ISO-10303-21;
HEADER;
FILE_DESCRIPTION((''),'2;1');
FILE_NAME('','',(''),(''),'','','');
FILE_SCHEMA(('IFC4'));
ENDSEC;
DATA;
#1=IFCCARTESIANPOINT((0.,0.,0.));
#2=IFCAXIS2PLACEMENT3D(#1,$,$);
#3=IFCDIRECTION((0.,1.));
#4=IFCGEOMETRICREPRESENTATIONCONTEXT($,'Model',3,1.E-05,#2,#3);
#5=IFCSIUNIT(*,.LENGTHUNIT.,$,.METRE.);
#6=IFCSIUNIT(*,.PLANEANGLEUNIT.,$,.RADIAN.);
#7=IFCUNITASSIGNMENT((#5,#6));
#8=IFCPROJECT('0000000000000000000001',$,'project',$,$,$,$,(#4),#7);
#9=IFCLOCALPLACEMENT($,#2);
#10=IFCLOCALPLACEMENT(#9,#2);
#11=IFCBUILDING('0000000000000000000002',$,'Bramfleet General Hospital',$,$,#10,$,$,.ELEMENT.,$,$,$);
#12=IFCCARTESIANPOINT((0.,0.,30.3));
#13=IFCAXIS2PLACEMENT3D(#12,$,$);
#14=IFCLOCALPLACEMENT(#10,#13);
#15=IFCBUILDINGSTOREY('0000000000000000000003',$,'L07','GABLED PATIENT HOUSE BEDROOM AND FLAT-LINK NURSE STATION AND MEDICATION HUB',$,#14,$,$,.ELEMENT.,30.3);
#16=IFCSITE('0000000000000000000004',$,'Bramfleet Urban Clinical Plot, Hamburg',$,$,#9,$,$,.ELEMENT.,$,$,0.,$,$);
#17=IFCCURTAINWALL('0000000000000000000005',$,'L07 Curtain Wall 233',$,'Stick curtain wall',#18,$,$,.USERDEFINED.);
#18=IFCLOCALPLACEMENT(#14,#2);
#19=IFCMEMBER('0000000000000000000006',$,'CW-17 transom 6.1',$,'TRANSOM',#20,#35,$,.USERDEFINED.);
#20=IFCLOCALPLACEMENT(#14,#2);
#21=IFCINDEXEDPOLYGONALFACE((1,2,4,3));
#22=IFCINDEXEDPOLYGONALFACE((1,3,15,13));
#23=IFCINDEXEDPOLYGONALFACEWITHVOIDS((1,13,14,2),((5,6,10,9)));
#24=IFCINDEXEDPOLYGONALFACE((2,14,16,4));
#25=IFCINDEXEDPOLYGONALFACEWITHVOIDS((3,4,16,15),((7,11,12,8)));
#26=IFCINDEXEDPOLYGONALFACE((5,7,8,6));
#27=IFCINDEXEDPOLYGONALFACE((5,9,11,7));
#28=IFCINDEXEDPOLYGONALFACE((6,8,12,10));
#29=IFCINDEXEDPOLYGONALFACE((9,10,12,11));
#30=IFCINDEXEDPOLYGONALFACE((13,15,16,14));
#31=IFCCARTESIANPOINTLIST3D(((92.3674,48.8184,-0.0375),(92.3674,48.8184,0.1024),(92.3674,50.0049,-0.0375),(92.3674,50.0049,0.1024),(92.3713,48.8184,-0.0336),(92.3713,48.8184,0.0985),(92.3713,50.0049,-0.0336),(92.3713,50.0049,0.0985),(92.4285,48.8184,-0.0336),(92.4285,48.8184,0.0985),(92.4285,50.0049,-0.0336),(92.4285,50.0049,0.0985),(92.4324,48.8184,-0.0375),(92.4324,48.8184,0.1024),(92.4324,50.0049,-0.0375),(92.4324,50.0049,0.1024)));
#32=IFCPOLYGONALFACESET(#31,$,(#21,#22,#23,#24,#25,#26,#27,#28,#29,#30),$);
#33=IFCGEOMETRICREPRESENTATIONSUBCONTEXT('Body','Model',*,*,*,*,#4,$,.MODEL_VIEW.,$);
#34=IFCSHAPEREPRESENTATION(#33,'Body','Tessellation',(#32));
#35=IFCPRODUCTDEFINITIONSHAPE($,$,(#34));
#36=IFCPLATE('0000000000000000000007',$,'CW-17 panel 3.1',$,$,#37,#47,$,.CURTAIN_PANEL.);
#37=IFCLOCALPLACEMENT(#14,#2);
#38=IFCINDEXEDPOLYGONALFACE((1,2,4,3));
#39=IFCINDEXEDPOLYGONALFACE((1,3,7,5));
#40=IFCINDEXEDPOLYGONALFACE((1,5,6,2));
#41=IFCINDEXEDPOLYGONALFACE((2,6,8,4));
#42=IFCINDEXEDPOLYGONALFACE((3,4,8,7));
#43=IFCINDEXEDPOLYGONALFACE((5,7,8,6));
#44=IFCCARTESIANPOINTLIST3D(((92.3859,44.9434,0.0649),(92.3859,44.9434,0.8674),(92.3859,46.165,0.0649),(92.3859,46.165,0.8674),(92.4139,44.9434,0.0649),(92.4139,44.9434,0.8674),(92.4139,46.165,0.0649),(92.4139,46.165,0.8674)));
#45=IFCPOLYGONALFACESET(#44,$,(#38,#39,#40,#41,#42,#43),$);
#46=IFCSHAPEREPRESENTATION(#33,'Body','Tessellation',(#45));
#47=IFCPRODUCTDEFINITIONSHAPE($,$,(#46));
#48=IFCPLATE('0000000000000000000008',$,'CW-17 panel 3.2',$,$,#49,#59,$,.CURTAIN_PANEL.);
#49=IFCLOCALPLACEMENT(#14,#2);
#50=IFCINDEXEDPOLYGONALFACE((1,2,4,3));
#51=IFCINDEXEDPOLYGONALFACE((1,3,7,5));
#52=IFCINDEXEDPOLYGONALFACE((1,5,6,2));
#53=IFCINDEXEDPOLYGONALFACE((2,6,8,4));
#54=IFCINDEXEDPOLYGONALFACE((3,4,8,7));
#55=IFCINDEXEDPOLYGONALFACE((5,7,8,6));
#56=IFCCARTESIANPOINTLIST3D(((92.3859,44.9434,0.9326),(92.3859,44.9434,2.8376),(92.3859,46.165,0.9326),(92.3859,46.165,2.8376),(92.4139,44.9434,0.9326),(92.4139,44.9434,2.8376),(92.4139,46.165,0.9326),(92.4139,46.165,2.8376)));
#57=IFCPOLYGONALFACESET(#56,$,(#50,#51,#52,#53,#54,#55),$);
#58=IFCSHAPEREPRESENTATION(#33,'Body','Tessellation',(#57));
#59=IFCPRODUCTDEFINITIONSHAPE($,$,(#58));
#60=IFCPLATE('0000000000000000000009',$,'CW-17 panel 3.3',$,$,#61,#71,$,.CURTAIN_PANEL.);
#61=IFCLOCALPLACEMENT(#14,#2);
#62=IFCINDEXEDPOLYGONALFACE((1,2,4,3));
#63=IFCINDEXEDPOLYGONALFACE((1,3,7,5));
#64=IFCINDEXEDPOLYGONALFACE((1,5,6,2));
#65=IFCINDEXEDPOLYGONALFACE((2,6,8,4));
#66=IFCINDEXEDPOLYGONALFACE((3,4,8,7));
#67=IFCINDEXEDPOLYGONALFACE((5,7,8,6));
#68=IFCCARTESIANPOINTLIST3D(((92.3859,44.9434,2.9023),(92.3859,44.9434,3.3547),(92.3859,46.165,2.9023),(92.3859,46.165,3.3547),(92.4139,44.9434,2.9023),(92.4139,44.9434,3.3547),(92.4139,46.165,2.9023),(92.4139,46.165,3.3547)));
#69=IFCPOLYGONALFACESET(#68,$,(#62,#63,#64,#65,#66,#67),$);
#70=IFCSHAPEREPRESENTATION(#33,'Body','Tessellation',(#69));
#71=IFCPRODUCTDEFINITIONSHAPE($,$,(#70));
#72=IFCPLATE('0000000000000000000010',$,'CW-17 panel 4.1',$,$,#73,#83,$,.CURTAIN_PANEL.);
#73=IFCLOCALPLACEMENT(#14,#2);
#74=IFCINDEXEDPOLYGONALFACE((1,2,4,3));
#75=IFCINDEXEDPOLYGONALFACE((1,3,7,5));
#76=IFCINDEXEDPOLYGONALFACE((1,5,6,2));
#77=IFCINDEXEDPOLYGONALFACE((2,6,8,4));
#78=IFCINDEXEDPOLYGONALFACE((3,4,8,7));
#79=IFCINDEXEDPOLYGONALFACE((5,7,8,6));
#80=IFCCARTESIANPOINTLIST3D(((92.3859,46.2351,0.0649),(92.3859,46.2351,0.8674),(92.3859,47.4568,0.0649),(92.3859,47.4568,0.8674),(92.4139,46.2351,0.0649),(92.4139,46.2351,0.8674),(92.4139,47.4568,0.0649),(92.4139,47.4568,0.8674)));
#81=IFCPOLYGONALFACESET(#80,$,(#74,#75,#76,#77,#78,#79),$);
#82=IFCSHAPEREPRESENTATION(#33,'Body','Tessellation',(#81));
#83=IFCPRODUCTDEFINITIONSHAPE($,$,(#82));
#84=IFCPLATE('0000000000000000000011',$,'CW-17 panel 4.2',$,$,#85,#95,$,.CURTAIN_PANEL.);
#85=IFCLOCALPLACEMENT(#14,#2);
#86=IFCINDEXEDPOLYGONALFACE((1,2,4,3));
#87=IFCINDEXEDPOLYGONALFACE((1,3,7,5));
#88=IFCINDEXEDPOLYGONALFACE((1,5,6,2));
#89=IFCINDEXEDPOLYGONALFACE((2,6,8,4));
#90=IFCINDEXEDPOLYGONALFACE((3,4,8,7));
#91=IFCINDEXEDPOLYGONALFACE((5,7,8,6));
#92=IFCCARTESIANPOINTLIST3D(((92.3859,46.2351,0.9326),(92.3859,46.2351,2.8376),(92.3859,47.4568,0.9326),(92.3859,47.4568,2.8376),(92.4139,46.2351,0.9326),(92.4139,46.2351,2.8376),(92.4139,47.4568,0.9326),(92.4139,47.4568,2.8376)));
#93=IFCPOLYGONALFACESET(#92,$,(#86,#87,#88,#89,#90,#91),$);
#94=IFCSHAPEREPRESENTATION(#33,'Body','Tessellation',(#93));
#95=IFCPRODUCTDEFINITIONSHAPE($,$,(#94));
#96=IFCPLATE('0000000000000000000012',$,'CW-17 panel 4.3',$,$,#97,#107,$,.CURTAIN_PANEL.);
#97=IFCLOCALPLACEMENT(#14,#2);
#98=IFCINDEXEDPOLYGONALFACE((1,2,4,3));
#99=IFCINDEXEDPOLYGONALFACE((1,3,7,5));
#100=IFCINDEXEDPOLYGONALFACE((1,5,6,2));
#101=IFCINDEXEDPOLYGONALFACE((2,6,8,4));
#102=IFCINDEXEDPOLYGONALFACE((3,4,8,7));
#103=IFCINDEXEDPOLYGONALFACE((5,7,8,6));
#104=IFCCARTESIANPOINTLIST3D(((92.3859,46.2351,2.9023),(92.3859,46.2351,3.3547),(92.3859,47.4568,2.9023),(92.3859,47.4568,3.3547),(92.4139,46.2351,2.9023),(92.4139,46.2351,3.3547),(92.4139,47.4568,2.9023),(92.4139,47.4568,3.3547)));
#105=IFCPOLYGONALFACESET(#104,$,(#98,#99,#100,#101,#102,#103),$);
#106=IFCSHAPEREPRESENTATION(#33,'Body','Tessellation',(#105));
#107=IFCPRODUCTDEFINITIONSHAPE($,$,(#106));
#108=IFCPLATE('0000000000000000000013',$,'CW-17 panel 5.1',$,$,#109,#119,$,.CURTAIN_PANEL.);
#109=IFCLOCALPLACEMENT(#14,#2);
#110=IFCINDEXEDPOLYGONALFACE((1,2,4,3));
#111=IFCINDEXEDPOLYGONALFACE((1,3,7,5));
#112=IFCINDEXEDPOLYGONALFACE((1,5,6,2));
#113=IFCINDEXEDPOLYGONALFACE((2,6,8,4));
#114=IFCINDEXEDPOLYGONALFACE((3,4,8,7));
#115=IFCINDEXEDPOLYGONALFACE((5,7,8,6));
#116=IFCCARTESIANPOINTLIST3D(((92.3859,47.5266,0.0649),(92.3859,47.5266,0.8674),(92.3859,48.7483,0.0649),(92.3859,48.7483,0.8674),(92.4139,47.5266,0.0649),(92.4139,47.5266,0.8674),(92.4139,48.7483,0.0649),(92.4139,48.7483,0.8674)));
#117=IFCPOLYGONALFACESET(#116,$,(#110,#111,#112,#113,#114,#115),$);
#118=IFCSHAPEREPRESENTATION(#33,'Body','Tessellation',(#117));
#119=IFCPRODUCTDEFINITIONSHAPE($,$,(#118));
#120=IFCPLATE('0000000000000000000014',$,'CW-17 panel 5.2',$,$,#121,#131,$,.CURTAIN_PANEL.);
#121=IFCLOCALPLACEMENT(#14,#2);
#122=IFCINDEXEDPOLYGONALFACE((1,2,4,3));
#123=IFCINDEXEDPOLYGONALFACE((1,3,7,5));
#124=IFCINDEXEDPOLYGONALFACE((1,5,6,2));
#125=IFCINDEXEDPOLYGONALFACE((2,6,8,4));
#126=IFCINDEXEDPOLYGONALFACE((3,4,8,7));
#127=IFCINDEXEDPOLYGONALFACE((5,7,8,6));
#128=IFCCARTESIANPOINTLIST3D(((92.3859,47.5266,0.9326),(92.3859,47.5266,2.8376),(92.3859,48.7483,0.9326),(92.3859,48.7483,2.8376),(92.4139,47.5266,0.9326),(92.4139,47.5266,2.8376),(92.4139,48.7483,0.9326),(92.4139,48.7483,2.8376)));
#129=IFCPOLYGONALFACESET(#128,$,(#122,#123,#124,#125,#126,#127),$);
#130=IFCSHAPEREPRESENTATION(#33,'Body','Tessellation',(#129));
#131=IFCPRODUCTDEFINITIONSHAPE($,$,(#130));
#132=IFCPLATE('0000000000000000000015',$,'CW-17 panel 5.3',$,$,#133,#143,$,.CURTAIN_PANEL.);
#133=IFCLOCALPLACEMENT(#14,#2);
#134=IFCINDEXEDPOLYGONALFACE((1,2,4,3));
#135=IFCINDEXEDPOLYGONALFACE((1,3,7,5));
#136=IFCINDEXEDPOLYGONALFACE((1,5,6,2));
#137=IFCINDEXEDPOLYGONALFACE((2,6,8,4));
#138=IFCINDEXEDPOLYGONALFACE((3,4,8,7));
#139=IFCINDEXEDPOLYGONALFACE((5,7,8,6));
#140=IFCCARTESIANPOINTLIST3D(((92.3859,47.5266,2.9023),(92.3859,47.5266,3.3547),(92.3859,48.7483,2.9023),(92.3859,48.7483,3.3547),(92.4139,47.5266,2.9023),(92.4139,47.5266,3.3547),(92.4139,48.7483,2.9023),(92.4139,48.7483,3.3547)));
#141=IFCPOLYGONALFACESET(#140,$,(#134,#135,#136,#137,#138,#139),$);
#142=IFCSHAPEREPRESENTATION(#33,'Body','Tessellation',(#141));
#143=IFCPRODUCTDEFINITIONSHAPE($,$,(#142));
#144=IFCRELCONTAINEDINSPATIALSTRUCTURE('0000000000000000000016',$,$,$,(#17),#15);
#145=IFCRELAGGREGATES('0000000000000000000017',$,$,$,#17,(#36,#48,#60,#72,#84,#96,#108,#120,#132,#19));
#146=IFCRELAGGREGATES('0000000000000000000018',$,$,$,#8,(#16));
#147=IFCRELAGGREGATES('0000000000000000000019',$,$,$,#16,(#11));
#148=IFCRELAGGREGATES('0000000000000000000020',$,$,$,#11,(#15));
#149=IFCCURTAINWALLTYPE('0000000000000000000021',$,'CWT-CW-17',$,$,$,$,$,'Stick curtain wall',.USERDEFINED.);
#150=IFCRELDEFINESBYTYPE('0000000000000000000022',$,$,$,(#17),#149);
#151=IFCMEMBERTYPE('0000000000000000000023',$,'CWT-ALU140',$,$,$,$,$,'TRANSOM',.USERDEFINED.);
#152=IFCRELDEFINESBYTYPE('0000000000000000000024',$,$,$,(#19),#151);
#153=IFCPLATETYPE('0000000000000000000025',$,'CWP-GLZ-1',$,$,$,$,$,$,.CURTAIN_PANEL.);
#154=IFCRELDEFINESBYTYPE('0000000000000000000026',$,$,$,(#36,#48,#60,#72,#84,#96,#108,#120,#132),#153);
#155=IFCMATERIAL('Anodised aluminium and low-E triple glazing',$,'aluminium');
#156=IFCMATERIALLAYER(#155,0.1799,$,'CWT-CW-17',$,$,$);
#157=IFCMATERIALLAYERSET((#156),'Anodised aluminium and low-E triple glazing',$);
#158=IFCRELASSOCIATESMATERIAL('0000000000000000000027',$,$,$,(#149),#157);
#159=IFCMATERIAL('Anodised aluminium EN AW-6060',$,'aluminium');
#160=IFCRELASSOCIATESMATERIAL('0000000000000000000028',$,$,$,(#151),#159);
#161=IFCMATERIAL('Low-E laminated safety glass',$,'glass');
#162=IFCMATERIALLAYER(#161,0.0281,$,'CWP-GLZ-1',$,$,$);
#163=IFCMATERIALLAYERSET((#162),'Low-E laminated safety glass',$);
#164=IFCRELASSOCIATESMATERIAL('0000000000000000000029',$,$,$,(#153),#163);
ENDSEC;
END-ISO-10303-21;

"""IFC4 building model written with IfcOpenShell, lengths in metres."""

from ifc_helpers import new_model, si_unit, direction, frame, origin, origin_2d, place, context, subcontext, project, spatial, rectangle, hollow_rectangle, extrude, material, layer, layer_set, material_profile, profile_set, type_object, element, aggregate, save


model = new_model("IFC4")

# Units and contexts
model_context = context("Model", 3, precision=1e-05, world=origin(), true_north=direction((0.0, 1.0)))
body_context = subcontext(model_context, "Body", "Model", "MODEL_VIEW")
ifc_project = project(units=[si_unit("LENGTHUNIT", "METRE"), si_unit("PLANEANGLEUNIT", "RADIAN")], contexts=[model_context])

# Site, building, storey
site_placement = place(None, origin())
site = spatial("IfcSite", under=ifc_project, at=site_placement, Name="Bramfleet Urban Clinical Plot, Hamburg", CompositionType="ELEMENT", RefElevation=0.0)
building_placement = place(site_placement, origin())
building = spatial("IfcBuilding", under=site, at=building_placement, Name="Bramfleet General Hospital", CompositionType="ELEMENT")
storey_placement = place(building_placement, frame((0.0, 0.0, 30.3)))
storey = spatial("IfcBuildingStorey", under=building, at=storey_placement, Name="L07", Description="GABLED PATIENT HOUSE BEDROOM AND FLAT-LINK NURSE STATION AND MEDICATION HUB", CompositionType="ELEMENT", Elevation=30.3)

# Curtain wall, member, plates
ifc_material_1 = material(Name="Anodised aluminium and low-E triple glazing", Category="aluminium")
ifc_layer_1 = layer(ifc_material_1, 0.1799, Name="CWT-CW-17")
ifc_layer_set_1 = layer_set([ifc_layer_1], Name="Anodised aluminium and low-E triple glazing")
curtain_wall_type = type_object("IfcCurtainWallType", Name="CWT-CW-17", ElementType="Stick curtain wall", PredefinedType="USERDEFINED", material=ifc_layer_set_1)
curtain_wall_placement = place(storey_placement, origin())
curtain_wall = element("IfcCurtainWall", 1, at=curtain_wall_placement, inside=storey, type_object=curtain_wall_type, Name="L07 Curtain Wall 233", ObjectType="Stick curtain wall", PredefinedType="USERDEFINED")
ifc_material_2 = material(Name="Anodised aluminium EN AW-6060", Category="aluminium")
ifc_material_profile_1 = material_profile(ifc_material_2, hollow_rectangle(XDim=0.0649, YDim=0.1399, WallThickness=0.0039, at=origin_2d()), Name="ALU 140x65x4.0")
ifc_profile_set_1 = profile_set([ifc_material_profile_1], Name="Anodised aluminium EN AW-6060")
member_type_1 = type_object("IfcMemberType", Name="CWT-ALU140", ElementType="TRANSOM", PredefinedType="USERDEFINED", material=ifc_profile_set_1)
member_1_placement = place(storey_placement, frame((92.3999, 48.8184, 0.0325), z_axis=(0.0, 1.0, 0.0), x_axis=(-1.0, 0.0, 0.0)))
member_1 = element("IfcMember", 2, at=member_1_placement, type_object=member_type_1, Name="CW-17 transom 6.1", ObjectType="TRANSOM", PredefinedType="USERDEFINED", context=body_context, shape_type="SweptSolid", body=[
    extrude(hollow_rectangle(XDim=0.0649, YDim=0.1399, WallThickness=0.0039, at=origin_2d()), origin(), (0.0, 0.0, 1.0), 1.1865),
])
ifc_material_3 = material(Name="Low-E laminated safety glass", Category="glass")
ifc_layer_2 = layer(ifc_material_3, 0.0281, Name="CWP-GLZ-1")
ifc_layer_set_2 = layer_set([ifc_layer_2], Name="Low-E laminated safety glass")
plate_type = type_object("IfcPlateType", Name="CWP-GLZ-1", PredefinedType="CURTAIN_PANEL", material=ifc_layer_set_2)
plate_1_placement = place(storey_placement, frame((92.3999, 45.5542, 0.0649), z_axis=(0.0, 0.0, 1.0), x_axis=(0.0, 1.0, 0.0)))
plate_1 = element("IfcPlate", 3, at=plate_1_placement, type_object=plate_type, Name="CW-17 panel 3.1", PredefinedType="CURTAIN_PANEL", context=body_context, shape_type="SweptSolid", body=[
    extrude(rectangle(XDim=1.2217, YDim=0.0281, at=origin_2d()), origin(), (0.0, 0.0, 1.0), 0.8025),
])
plate_2_placement = place(storey_placement, frame((92.3999, 45.5542, 0.9326), z_axis=(0.0, 0.0, 1.0), x_axis=(0.0, 1.0, 0.0)))
plate_2 = element("IfcPlate", 4, at=plate_2_placement, type_object=plate_type, Name="CW-17 panel 3.2", PredefinedType="CURTAIN_PANEL", context=body_context, shape_type="SweptSolid", body=[
    extrude(rectangle(XDim=1.2217, YDim=0.0281, at=origin_2d()), origin(), (0.0, 0.0, 1.0), 1.905),
])
plate_3_placement = place(storey_placement, frame((92.3999, 45.5542, 2.9023), z_axis=(0.0, 0.0, 1.0), x_axis=(0.0, 1.0, 0.0)))
plate_3 = element("IfcPlate", 5, at=plate_3_placement, type_object=plate_type, Name="CW-17 panel 3.3", PredefinedType="CURTAIN_PANEL", context=body_context, shape_type="SweptSolid", body=[
    extrude(rectangle(XDim=1.2217, YDim=0.0281, at=origin_2d()), origin(), (0.0, 0.0, 1.0), 0.4524),
])
plate_4_placement = place(storey_placement, frame((92.3999, 46.8459, 0.0649), z_axis=(0.0, 0.0, 1.0), x_axis=(0.0, 1.0, 0.0)))
plate_4 = element("IfcPlate", 6, at=plate_4_placement, type_object=plate_type, Name="CW-17 panel 4.1", PredefinedType="CURTAIN_PANEL", context=body_context, shape_type="SweptSolid", body=[
    extrude(rectangle(XDim=1.2217, YDim=0.0281, at=origin_2d()), origin(), (0.0, 0.0, 1.0), 0.8025),
])
plate_5_placement = place(storey_placement, frame((92.3999, 46.8459, 0.9326), z_axis=(0.0, 0.0, 1.0), x_axis=(0.0, 1.0, 0.0)))
plate_5 = element("IfcPlate", 7, at=plate_5_placement, type_object=plate_type, Name="CW-17 panel 4.2", PredefinedType="CURTAIN_PANEL", context=body_context, shape_type="SweptSolid", body=[
    extrude(rectangle(XDim=1.2217, YDim=0.0281, at=origin_2d()), origin(), (0.0, 0.0, 1.0), 1.905),
])
plate_6_placement = place(storey_placement, frame((92.3999, 46.8459, 2.9023), z_axis=(0.0, 0.0, 1.0), x_axis=(0.0, 1.0, 0.0)))
plate_6 = element("IfcPlate", 8, at=plate_6_placement, type_object=plate_type, Name="CW-17 panel 4.3", PredefinedType="CURTAIN_PANEL", context=body_context, shape_type="SweptSolid", body=[
    extrude(rectangle(XDim=1.2217, YDim=0.0281, at=origin_2d()), origin(), (0.0, 0.0, 1.0), 0.4524),
])
plate_7_placement = place(storey_placement, frame((92.3999, 48.1375, 0.0649), z_axis=(0.0, 0.0, 1.0), x_axis=(0.0, 1.0, 0.0)))
plate_7 = element("IfcPlate", 9, at=plate_7_placement, type_object=plate_type, Name="CW-17 panel 5.1", PredefinedType="CURTAIN_PANEL", context=body_context, shape_type="SweptSolid", body=[
    extrude(rectangle(XDim=1.2217, YDim=0.0281, at=origin_2d()), origin(), (0.0, 0.0, 1.0), 0.8025),
])
plate_8_placement = place(storey_placement, frame((92.3999, 48.1375, 0.9326), z_axis=(0.0, 0.0, 1.0), x_axis=(0.0, 1.0, 0.0)))
plate_8 = element("IfcPlate", 10, at=plate_8_placement, type_object=plate_type, Name="CW-17 panel 5.2", PredefinedType="CURTAIN_PANEL", context=body_context, shape_type="SweptSolid", body=[
    extrude(rectangle(XDim=1.2217, YDim=0.0281, at=origin_2d()), origin(), (0.0, 0.0, 1.0), 1.905),
])
plate_9_placement = place(storey_placement, frame((92.3999, 48.1375, 2.9023), z_axis=(0.0, 0.0, 1.0), x_axis=(0.0, 1.0, 0.0)))
plate_9 = element("IfcPlate", 11, at=plate_9_placement, type_object=plate_type, Name="CW-17 panel 5.3", PredefinedType="CURTAIN_PANEL", context=body_context, shape_type="SweptSolid", body=[
    extrude(rectangle(XDim=1.2217, YDim=0.0281, at=origin_2d()), origin(), (0.0, 0.0, 1.0), 0.4524),
])
aggregate(curtain_wall, [plate_1, plate_2, plate_3, plate_4, plate_5, plate_6, plate_7, plate_8, plate_9, member_1])

save(model, "model.ifc")
